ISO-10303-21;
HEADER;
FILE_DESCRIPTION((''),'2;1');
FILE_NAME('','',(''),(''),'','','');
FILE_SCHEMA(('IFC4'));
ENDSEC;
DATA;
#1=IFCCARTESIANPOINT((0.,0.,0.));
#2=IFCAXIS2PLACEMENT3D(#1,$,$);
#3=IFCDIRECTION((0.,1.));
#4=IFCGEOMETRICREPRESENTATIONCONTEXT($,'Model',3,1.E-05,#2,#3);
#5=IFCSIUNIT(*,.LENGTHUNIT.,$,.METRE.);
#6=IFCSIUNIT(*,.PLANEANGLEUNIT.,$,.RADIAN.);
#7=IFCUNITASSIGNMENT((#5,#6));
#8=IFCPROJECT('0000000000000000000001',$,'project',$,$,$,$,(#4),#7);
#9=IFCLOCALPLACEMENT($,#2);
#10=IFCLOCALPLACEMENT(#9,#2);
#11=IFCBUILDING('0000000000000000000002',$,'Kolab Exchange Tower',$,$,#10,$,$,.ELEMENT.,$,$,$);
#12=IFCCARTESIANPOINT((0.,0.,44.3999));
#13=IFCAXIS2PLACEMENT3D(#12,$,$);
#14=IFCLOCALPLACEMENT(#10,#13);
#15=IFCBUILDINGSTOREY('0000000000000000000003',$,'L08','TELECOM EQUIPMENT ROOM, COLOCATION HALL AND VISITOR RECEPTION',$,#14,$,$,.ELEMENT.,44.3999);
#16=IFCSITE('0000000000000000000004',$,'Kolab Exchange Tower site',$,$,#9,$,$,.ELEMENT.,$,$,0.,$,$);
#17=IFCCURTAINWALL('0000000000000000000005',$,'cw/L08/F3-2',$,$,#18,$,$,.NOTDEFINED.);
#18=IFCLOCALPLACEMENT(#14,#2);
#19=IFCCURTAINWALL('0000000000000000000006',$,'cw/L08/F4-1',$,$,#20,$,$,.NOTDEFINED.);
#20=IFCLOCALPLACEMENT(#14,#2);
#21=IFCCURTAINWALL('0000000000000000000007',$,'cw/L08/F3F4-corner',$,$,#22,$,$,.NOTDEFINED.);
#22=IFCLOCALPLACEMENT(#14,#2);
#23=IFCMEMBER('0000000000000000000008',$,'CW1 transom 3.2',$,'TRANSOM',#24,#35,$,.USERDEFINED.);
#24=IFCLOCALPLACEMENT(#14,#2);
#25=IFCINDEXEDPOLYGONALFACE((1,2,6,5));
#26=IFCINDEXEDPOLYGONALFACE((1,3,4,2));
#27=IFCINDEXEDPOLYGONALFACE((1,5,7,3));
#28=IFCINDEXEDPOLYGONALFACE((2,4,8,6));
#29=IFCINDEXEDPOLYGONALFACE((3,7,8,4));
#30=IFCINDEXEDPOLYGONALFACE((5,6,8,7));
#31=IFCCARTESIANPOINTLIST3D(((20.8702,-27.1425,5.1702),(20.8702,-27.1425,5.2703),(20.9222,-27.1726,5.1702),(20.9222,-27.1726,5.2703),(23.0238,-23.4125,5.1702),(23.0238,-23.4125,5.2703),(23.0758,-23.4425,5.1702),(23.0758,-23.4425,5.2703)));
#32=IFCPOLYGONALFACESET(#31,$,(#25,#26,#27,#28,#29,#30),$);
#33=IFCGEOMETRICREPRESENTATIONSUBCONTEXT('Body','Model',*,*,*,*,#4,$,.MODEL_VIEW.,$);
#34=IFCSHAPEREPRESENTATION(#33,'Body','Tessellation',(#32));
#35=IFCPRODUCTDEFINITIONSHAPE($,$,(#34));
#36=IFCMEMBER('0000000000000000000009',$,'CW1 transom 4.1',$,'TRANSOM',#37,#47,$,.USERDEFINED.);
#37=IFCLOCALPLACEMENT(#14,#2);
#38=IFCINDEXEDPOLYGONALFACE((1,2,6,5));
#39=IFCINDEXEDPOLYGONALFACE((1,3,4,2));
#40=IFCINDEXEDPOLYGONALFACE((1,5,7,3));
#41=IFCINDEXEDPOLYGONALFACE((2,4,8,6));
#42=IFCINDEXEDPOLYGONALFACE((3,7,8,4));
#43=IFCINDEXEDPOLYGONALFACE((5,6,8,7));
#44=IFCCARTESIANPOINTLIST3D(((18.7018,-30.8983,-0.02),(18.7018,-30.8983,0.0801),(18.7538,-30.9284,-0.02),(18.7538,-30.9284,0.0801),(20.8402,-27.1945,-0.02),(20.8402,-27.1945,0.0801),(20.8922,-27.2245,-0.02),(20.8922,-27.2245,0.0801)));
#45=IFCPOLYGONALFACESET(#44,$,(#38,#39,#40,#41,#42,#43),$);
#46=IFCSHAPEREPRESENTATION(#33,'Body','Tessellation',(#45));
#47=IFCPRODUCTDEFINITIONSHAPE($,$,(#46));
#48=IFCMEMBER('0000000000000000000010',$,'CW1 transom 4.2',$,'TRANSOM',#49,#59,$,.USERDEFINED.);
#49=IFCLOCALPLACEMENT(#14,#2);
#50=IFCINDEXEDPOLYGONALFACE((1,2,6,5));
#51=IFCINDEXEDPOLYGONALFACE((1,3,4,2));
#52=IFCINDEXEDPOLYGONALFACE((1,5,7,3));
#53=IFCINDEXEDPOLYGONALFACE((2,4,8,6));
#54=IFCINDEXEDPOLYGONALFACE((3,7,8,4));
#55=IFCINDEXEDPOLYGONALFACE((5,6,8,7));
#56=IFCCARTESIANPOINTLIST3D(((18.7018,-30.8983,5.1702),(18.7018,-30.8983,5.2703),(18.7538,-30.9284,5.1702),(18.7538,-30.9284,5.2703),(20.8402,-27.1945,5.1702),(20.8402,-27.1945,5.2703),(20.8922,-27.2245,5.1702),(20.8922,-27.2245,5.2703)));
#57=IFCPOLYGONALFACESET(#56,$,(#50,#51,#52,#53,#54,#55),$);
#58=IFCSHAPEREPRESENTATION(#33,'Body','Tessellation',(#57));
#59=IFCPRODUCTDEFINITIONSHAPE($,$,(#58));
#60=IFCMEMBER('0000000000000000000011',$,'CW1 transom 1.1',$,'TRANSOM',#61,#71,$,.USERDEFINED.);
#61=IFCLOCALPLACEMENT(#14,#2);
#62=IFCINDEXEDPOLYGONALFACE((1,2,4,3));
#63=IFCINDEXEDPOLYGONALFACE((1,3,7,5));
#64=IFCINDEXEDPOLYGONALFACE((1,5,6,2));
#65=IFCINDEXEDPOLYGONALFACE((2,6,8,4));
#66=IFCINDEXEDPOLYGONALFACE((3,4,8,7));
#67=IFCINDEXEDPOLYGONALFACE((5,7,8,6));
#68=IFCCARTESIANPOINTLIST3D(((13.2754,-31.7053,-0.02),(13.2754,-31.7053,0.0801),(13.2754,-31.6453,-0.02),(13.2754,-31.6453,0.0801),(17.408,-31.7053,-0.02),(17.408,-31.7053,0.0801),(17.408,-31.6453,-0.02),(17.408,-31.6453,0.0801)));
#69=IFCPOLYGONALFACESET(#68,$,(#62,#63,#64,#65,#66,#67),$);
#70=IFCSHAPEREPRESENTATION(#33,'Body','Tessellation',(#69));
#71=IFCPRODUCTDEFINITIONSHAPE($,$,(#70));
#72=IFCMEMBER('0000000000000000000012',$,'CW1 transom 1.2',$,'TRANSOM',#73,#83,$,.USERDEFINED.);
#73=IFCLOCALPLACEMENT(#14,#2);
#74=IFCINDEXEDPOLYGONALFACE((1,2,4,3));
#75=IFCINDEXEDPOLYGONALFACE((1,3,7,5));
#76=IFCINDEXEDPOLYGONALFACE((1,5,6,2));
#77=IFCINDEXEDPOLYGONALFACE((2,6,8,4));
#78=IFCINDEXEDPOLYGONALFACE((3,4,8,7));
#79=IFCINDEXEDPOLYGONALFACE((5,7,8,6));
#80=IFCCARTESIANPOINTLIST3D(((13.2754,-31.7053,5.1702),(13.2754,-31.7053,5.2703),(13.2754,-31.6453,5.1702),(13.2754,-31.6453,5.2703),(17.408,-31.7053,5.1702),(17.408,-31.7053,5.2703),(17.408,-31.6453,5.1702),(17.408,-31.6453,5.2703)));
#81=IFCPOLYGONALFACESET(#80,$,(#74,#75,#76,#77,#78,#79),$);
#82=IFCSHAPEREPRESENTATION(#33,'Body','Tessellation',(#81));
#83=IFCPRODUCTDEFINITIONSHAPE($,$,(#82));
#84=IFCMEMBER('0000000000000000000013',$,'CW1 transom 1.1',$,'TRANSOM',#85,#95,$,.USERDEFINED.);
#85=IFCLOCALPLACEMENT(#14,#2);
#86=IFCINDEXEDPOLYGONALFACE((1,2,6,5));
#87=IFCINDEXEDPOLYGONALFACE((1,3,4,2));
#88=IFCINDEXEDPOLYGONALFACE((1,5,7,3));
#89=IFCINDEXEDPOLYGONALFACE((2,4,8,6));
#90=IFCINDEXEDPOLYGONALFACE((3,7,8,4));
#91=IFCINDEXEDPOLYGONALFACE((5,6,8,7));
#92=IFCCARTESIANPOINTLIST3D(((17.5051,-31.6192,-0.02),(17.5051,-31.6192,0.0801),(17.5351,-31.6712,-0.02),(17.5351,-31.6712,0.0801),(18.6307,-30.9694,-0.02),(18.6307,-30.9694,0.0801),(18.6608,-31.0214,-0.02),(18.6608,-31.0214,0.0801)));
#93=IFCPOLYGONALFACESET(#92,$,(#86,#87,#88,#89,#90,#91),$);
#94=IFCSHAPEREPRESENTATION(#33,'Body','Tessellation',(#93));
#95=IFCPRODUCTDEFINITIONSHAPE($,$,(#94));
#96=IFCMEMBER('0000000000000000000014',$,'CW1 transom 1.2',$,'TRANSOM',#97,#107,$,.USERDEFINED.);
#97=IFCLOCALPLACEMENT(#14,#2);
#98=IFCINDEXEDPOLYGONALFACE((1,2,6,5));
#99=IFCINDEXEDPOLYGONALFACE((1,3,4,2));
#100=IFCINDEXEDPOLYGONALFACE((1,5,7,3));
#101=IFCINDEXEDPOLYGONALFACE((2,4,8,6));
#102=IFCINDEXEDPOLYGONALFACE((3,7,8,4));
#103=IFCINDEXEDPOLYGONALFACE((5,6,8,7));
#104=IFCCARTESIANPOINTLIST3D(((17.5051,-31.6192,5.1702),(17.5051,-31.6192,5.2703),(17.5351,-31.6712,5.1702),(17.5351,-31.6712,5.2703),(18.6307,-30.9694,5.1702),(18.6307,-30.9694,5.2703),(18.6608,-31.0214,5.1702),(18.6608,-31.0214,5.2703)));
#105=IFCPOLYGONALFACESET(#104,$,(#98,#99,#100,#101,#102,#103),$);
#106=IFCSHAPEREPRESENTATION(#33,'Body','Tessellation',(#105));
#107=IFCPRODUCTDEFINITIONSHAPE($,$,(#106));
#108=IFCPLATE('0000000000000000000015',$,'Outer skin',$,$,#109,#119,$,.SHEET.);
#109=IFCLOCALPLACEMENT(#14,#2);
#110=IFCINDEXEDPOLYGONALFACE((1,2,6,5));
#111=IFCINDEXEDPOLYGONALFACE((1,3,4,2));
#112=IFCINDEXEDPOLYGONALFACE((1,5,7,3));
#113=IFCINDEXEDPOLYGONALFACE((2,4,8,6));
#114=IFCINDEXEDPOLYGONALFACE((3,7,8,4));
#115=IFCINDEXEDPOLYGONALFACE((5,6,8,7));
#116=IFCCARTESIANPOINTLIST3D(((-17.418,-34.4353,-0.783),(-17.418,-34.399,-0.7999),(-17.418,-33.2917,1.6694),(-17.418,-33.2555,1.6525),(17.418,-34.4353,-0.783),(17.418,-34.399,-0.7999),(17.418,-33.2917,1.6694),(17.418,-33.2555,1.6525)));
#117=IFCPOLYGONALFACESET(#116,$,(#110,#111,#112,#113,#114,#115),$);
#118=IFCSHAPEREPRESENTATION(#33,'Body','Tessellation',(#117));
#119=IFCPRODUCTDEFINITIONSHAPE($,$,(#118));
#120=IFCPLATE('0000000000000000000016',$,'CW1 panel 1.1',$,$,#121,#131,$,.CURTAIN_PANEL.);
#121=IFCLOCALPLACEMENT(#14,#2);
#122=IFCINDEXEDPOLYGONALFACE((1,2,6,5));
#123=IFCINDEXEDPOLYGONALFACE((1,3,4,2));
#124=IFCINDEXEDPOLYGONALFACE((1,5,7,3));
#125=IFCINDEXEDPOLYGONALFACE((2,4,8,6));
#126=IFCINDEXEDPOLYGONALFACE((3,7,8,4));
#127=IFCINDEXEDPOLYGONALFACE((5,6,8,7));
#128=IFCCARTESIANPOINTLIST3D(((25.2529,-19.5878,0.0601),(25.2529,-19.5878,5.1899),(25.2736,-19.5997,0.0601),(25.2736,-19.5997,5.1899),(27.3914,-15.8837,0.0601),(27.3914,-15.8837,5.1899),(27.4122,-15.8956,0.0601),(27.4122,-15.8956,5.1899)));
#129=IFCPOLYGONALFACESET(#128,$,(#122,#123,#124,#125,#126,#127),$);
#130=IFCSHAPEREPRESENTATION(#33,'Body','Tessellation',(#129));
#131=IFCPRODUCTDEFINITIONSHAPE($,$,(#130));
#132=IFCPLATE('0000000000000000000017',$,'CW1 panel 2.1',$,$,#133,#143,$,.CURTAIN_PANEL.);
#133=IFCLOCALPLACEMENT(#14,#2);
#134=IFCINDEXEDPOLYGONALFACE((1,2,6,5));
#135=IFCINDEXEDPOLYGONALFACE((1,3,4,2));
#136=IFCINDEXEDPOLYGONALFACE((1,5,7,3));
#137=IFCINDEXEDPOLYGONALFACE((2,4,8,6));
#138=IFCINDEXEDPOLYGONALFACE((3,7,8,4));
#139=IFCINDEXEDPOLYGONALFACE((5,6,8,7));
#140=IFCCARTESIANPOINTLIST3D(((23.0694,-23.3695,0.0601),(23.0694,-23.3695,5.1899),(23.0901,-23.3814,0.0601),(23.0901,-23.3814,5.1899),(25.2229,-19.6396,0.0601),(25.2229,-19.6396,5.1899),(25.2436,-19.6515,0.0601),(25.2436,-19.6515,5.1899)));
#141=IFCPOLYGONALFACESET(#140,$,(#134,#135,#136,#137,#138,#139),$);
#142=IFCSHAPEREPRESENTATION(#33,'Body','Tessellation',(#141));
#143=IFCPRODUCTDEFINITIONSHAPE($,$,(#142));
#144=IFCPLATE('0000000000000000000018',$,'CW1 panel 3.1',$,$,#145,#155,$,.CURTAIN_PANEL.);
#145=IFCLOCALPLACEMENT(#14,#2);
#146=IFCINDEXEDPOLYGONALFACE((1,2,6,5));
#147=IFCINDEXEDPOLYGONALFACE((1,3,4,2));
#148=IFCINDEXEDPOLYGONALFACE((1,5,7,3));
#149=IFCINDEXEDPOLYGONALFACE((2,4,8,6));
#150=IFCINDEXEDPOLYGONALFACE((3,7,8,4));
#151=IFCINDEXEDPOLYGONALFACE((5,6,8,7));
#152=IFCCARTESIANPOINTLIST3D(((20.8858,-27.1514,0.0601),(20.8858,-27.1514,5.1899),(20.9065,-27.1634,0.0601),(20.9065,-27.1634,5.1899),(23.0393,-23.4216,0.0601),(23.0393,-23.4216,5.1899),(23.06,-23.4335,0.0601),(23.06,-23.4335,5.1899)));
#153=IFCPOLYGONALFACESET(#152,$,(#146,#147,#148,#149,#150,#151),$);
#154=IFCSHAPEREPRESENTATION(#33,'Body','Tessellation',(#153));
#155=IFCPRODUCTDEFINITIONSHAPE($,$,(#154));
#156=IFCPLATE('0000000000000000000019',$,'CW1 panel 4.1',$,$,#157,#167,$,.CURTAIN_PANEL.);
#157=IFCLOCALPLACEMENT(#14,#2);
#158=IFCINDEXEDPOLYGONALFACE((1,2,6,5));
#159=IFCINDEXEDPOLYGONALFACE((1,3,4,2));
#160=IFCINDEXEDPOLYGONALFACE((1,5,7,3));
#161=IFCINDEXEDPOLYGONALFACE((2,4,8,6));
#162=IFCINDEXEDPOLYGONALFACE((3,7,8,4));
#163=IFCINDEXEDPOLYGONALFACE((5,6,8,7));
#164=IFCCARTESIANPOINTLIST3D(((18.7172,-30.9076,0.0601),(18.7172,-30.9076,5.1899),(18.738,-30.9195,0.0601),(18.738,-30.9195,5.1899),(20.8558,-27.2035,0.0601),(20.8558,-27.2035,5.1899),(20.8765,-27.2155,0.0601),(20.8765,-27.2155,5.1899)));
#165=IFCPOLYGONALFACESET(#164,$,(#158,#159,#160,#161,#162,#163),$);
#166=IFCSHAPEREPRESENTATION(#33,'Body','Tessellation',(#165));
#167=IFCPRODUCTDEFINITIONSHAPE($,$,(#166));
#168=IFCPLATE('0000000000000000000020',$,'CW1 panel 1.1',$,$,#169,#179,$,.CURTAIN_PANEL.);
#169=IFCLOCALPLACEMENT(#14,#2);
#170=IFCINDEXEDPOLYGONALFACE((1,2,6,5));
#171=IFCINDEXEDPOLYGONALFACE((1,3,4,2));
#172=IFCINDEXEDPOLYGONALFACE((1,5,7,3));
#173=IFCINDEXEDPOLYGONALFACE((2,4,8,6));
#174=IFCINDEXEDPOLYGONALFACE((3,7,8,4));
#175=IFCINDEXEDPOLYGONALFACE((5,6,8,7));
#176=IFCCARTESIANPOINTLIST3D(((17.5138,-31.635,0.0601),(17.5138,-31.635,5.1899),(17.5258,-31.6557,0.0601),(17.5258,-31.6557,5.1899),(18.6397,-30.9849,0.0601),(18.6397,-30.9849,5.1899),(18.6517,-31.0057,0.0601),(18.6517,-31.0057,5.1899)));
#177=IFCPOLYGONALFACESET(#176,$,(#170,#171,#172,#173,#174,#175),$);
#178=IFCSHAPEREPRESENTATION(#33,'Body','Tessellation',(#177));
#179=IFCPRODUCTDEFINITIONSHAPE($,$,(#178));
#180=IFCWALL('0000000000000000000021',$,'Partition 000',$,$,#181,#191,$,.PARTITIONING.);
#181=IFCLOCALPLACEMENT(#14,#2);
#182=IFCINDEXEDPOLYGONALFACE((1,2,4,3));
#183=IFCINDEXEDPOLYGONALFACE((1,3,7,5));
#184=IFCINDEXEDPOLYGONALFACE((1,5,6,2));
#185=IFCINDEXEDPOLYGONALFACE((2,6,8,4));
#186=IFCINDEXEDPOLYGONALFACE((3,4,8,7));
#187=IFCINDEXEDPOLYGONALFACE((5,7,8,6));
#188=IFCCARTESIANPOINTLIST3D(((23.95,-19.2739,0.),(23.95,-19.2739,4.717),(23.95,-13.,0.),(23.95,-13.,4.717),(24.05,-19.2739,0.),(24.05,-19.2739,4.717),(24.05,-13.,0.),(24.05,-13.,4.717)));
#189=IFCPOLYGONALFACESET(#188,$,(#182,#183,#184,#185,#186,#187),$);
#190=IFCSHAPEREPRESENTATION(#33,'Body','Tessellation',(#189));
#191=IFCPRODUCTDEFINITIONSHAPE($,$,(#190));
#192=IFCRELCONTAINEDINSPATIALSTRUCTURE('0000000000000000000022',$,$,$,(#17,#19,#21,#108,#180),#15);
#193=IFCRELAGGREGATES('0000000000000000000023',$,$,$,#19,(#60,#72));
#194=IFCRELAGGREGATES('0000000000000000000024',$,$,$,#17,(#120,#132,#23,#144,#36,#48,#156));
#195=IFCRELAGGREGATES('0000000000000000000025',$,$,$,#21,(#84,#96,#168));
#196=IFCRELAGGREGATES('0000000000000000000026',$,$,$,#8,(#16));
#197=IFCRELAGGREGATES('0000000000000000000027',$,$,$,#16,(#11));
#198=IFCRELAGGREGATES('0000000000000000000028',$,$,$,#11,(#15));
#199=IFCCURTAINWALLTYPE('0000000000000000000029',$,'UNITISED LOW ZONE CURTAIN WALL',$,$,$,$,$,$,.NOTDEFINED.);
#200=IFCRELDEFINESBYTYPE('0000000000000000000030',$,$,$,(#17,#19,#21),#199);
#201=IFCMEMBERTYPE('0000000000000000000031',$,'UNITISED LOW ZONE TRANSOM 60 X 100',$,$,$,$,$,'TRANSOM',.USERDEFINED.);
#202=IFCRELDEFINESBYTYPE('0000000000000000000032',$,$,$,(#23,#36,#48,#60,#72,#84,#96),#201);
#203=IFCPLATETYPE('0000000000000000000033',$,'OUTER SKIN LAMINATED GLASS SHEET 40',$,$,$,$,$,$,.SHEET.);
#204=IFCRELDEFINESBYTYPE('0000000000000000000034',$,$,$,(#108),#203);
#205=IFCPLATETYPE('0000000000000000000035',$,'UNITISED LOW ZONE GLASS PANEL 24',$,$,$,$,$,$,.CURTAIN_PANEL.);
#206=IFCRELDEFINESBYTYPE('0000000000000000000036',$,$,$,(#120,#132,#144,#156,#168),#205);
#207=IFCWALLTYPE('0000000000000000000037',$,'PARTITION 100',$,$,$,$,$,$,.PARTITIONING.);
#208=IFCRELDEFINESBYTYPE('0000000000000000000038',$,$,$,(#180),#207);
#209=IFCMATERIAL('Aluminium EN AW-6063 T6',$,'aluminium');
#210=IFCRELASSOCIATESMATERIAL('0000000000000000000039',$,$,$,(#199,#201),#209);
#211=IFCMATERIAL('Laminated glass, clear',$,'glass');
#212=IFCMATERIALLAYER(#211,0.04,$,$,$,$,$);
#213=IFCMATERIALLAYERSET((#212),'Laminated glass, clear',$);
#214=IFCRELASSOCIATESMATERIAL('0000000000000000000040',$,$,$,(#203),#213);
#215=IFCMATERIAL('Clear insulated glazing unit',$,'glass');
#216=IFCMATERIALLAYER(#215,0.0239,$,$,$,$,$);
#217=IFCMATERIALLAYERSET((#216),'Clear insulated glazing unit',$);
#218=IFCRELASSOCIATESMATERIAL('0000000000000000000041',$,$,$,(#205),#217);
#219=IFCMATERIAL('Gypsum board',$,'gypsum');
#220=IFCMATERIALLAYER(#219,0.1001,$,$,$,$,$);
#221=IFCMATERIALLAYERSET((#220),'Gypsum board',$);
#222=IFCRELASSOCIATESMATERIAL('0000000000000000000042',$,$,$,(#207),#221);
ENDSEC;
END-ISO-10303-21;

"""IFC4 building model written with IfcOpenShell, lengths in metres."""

from ifc_helpers import new_model, si_unit, direction, frame, frame_2d, origin, origin_2d, place, context, subcontext, project, spatial, polyline, rectangle, outline, extrude, material, layer, layer_set, material_profile, profile_set, type_object, element, aggregate, save


model = new_model("IFC4")

# Units and contexts
model_context = context("Model", 3, precision=1e-05, world=origin(), true_north=direction((0.0, 1.0)))
body_context = subcontext(model_context, "Body", "Model", "MODEL_VIEW")
ifc_project = project(units=[si_unit("LENGTHUNIT", "METRE"), si_unit("PLANEANGLEUNIT", "RADIAN")], contexts=[model_context])

# Site, building, storey
site_placement = place(None, origin())
site = spatial("IfcSite", under=ifc_project, at=site_placement, Name="Kolab Exchange Tower site", CompositionType="ELEMENT", RefElevation=0.0)
building_placement = place(site_placement, origin())
building = spatial("IfcBuilding", under=site, at=building_placement, Name="Kolab Exchange Tower", CompositionType="ELEMENT")
storey_placement = place(building_placement, frame((0.0, 0.0, 44.3999)))
storey = spatial("IfcBuildingStorey", under=building, at=storey_placement, Name="L08", Description="TELECOM EQUIPMENT ROOM, COLOCATION HALL AND VISITOR RECEPTION", CompositionType="ELEMENT", Elevation=44.3999)

# Curtain wall
ifc_material_1 = material(Name="Aluminium EN AW-6063 T6", Category="aluminium")
curtain_wall_type = type_object("IfcCurtainWallType", Name="UNITISED LOW ZONE CURTAIN WALL", PredefinedType="NOTDEFINED", material=ifc_material_1)
curtain_wall_1_placement = place(storey_placement, origin())
curtain_wall_1 = element("IfcCurtainWall", 1, at=curtain_wall_1_placement, inside=storey, type_object=curtain_wall_type, Name="cw/L08/F3-2", PredefinedType="NOTDEFINED")

# Curtain wall
curtain_wall_2_placement = place(storey_placement, origin())
curtain_wall_2 = element("IfcCurtainWall", 2, at=curtain_wall_2_placement, inside=storey, type_object=curtain_wall_type, Name="cw/L08/F4-1", PredefinedType="NOTDEFINED")

# Curtain wall
curtain_wall_3_placement = place(storey_placement, origin())
curtain_wall_3 = element("IfcCurtainWall", 3, at=curtain_wall_3_placement, inside=storey, type_object=curtain_wall_type, Name="cw/L08/F3F4-corner", PredefinedType="NOTDEFINED")

# Members
ifc_material_profile_1 = material_profile(ifc_material_1, rectangle(XDim=0.0601, YDim=0.1001, at=origin_2d()), Name="RECT 60X100")
ifc_profile_set_1 = profile_set([ifc_material_profile_1], Name="Aluminium EN AW-6063 T6")
member_type_1 = type_object("IfcMemberType", Name="UNITISED LOW ZONE TRANSOM 60 X 100", ElementType="TRANSOM", PredefinedType="USERDEFINED", material=ifc_profile_set_1)
member_1_placement = place(storey_placement, frame((23.0498, -23.4275, 5.2202), z_axis=(-0.50001, -0.866019, 0.0), x_axis=(0.866019, -0.50001, 0.0)))
member_1 = element("IfcMember", 4, at=member_1_placement, type_object=member_type_1, Name="CW1 transom 3.2", ObjectType="TRANSOM", PredefinedType="USERDEFINED", context=body_context, shape_type="SweptSolid", body=[
    extrude(rectangle(XDim=0.0601, YDim=0.1001, at=origin_2d()), origin(), (0.0, 0.0, 1.0), 4.3071),
])
member_2_placement = place(storey_placement, frame((20.8662, -27.2095, 0.03), z_axis=(-0.500001, -0.866025, 0.0), x_axis=(0.866025, -0.500001, 0.0)))
member_2 = element("IfcMember", 5, at=member_2_placement, type_object=member_type_1, Name="CW1 transom 4.1", ObjectType="TRANSOM", PredefinedType="USERDEFINED", context=body_context, shape_type="SweptSolid", body=[
    extrude(rectangle(XDim=0.0601, YDim=0.1001, at=origin_2d()), origin(), (0.0, 0.0, 1.0), 4.2769),
])
member_3_placement = place(storey_placement, frame((20.8662, -27.2095, 5.2202), z_axis=(-0.500001, -0.866025, 0.0), x_axis=(0.866025, -0.500001, 0.0)))
member_3 = element("IfcMember", 6, at=member_3_placement, type_object=member_type_1, Name="CW1 transom 4.2", ObjectType="TRANSOM", PredefinedType="USERDEFINED", context=body_context, shape_type="SweptSolid", body=[
    extrude(rectangle(XDim=0.0601, YDim=0.1001, at=origin_2d()), origin(), (0.0, 0.0, 1.0), 4.2769),
])
member_4_placement = place(storey_placement, frame((17.408, -31.6753, 0.03), z_axis=(-1.0, 0.0, 0.0), x_axis=(0.0, -1.0, 0.0)))
member_4 = element("IfcMember", 7, at=member_4_placement, type_object=member_type_1, Name="CW1 transom 1.1", ObjectType="TRANSOM", PredefinedType="USERDEFINED", context=body_context, shape_type="SweptSolid", body=[
    extrude(rectangle(XDim=0.0601, YDim=0.1001, at=origin_2d()), origin(), (0.0, 0.0, 1.0), 4.1326),
])
member_5_placement = place(storey_placement, frame((17.408, -31.6753, 5.2202), z_axis=(-1.0, 0.0, 0.0), x_axis=(0.0, -1.0, 0.0)))
member_5 = element("IfcMember", 8, at=member_5_placement, type_object=member_type_1, Name="CW1 transom 1.2", ObjectType="TRANSOM", PredefinedType="USERDEFINED", context=body_context, shape_type="SweptSolid", body=[
    extrude(rectangle(XDim=0.0601, YDim=0.1001, at=origin_2d()), origin(), (0.0, 0.0, 1.0), 4.1326),
])
aggregate(curtain_wall_2, [member_4, member_5])
member_6_placement = place(storey_placement, frame((18.6458, -30.9954, 0.03), z_axis=(-0.866039, -0.499977, 0.0), x_axis=(0.499977, -0.866039, 0.0)))
member_6 = element("IfcMember", 9, at=member_6_placement, type_object=member_type_1, Name="CW1 transom 1.1", ObjectType="TRANSOM", PredefinedType="USERDEFINED", context=body_context, shape_type="SweptSolid", body=[
    extrude(rectangle(XDim=0.0601, YDim=0.1001, at=origin_2d()), origin(), (0.0, 0.0, 1.0), 1.2998),
])
member_7_placement = place(storey_placement, frame((18.6458, -30.9954, 5.2202), z_axis=(-0.866039, -0.499977, 0.0), x_axis=(0.499977, -0.866039, 0.0)))
member_7 = element("IfcMember", 10, at=member_7_placement, type_object=member_type_1, Name="CW1 transom 1.2", ObjectType="TRANSOM", PredefinedType="USERDEFINED", context=body_context, shape_type="SweptSolid", body=[
    extrude(rectangle(XDim=0.0601, YDim=0.1001, at=origin_2d()), origin(), (0.0, 0.0, 1.0), 1.2998),
])

# Plates
ifc_material_2 = material(Name="Laminated glass, clear", Category="glass")
ifc_layer_1 = layer(ifc_material_2, 0.04)
ifc_layer_set_1 = layer_set([ifc_layer_1], Name="Laminated glass, clear")
plate_type_1 = type_object("IfcPlateType", Name="OUTER SKIN LAMINATED GLASS SHEET 40", PredefinedType="SHEET", material=ifc_layer_set_1)
plate_1_placement = place(storey_placement, frame((17.418, -34.4353, -0.783), z_axis=(0.0, -0.90631, 0.422614), x_axis=(-1.0, 0.0, 0.0)))
element("IfcPlate", 11, at=plate_1_placement, inside=storey, type_object=plate_type_1, Name="Outer skin", PredefinedType="SHEET", context=body_context, shape_type="SweptSolid", body=[
    extrude(outline(polyline([(0.0, 0.0), (34.8359, 0.0), (34.8359, -2.7059), (0.0, -2.7059), (0.0, 0.0)])), origin(), (0.0, 0.0, -1.0), 0.04),
])
ifc_material_3 = material(Name="Clear insulated glazing unit", Category="glass")
ifc_layer_2 = layer(ifc_material_3, 0.0239)
ifc_layer_set_2 = layer_set([ifc_layer_2], Name="Clear insulated glazing unit")
plate_type_2 = type_object("IfcPlateType", Name="UNITISED LOW ZONE GLASS PANEL 24", PredefinedType="CURTAIN_PANEL", material=ifc_layer_set_2)
plate_2_placement = place(storey_placement, frame((26.3325, -17.7417, 0.0601), z_axis=(0.0, 0.0, 1.0), x_axis=(-0.5, -0.866025, 0.0)))
plate_2 = element("IfcPlate", 12, at=plate_2_placement, type_object=plate_type_2, Name="CW1 panel 1.1", PredefinedType="CURTAIN_PANEL", context=body_context, shape_type="SweptSolid", body=[
    extrude(rectangle(XDim=4.2771, YDim=0.0239, at=origin_2d()), origin(), (0.0, 0.0, 1.0), 5.1299),
])
plate_3_placement = place(storey_placement, frame((24.1565, -21.5105, 0.0601), z_axis=(0.0, 0.0, 1.0), x_axis=(-0.5, -0.866025, 0.0)))
plate_3 = element("IfcPlate", 13, at=plate_3_placement, type_object=plate_type_2, Name="CW1 panel 2.1", PredefinedType="CURTAIN_PANEL", context=body_context, shape_type="SweptSolid", body=[
    extrude(rectangle(XDim=4.3069, YDim=0.0239, at=origin_2d()), origin(), (0.0, 0.0, 1.0), 5.1299),
])
plate_4_placement = place(storey_placement, frame((21.9729, -25.2925, 0.0601), z_axis=(0.0, 0.0, 1.0), x_axis=(-0.5, -0.866025, 0.0)))
plate_4 = element("IfcPlate", 14, at=plate_4_placement, type_object=plate_type_2, Name="CW1 panel 3.1", PredefinedType="CURTAIN_PANEL", context=body_context, shape_type="SweptSolid", body=[
    extrude(rectangle(XDim=4.3069, YDim=0.0239, at=origin_2d()), origin(), (0.0, 0.0, 1.0), 5.1299),
])
plate_5_placement = place(storey_placement, frame((19.7969, -29.0615, 0.0601), z_axis=(0.0, 0.0, 1.0), x_axis=(-0.5, -0.866025, 0.0)))
plate_5 = element("IfcPlate", 15, at=plate_5_placement, type_object=plate_type_2, Name="CW1 panel 4.1", PredefinedType="CURTAIN_PANEL", context=body_context, shape_type="SweptSolid", body=[
    extrude(rectangle(XDim=4.2771, YDim=0.0239, at=origin_2d()), origin(), (0.0, 0.0, 1.0), 5.1299),
])
aggregate(curtain_wall_1, [plate_2, plate_3, member_1, plate_4, member_2, member_3, plate_5])
plate_6_placement = place(storey_placement, frame((18.0828, -31.3203, 0.0601), z_axis=(0.0, 0.0, 1.0), x_axis=(-0.866025, -0.5, 0.0)))
plate_6 = element("IfcPlate", 16, at=plate_6_placement, type_object=plate_type_2, Name="CW1 panel 1.1", PredefinedType="CURTAIN_PANEL", context=body_context, shape_type="SweptSolid", body=[
    extrude(rectangle(XDim=1.3, YDim=0.0239, at=origin_2d()), origin(), (0.0, 0.0, 1.0), 5.1299),
])
aggregate(curtain_wall_3, [member_6, member_7, plate_6])

# Wall
ifc_material_4 = material(Name="Gypsum board", Category="gypsum")
ifc_layer_3 = layer(ifc_material_4, 0.1001)
ifc_layer_set_3 = layer_set([ifc_layer_3], Name="Gypsum board")
wall_type = type_object("IfcWallType", Name="PARTITION 100", PredefinedType="PARTITIONING", material=ifc_layer_set_3)
wall_1_placement = place(storey_placement, frame((24.0, -19.2739, 0.0), z_axis=(0.0, 0.0, 1.0), x_axis=(0.0, 1.0, 0.0)))
element("IfcWall", 17, at=wall_1_placement, inside=storey, type_object=wall_type, Name="Partition 000", PredefinedType="PARTITIONING", context=body_context, shape_type="SweptSolid", body=[
    extrude(rectangle(XDim=6.2739, YDim=0.1001, at=frame_2d((3.137, 0.0))), origin(), (0.0, 0.0, 1.0), 4.717),
])

save(model, "model.ifc")
